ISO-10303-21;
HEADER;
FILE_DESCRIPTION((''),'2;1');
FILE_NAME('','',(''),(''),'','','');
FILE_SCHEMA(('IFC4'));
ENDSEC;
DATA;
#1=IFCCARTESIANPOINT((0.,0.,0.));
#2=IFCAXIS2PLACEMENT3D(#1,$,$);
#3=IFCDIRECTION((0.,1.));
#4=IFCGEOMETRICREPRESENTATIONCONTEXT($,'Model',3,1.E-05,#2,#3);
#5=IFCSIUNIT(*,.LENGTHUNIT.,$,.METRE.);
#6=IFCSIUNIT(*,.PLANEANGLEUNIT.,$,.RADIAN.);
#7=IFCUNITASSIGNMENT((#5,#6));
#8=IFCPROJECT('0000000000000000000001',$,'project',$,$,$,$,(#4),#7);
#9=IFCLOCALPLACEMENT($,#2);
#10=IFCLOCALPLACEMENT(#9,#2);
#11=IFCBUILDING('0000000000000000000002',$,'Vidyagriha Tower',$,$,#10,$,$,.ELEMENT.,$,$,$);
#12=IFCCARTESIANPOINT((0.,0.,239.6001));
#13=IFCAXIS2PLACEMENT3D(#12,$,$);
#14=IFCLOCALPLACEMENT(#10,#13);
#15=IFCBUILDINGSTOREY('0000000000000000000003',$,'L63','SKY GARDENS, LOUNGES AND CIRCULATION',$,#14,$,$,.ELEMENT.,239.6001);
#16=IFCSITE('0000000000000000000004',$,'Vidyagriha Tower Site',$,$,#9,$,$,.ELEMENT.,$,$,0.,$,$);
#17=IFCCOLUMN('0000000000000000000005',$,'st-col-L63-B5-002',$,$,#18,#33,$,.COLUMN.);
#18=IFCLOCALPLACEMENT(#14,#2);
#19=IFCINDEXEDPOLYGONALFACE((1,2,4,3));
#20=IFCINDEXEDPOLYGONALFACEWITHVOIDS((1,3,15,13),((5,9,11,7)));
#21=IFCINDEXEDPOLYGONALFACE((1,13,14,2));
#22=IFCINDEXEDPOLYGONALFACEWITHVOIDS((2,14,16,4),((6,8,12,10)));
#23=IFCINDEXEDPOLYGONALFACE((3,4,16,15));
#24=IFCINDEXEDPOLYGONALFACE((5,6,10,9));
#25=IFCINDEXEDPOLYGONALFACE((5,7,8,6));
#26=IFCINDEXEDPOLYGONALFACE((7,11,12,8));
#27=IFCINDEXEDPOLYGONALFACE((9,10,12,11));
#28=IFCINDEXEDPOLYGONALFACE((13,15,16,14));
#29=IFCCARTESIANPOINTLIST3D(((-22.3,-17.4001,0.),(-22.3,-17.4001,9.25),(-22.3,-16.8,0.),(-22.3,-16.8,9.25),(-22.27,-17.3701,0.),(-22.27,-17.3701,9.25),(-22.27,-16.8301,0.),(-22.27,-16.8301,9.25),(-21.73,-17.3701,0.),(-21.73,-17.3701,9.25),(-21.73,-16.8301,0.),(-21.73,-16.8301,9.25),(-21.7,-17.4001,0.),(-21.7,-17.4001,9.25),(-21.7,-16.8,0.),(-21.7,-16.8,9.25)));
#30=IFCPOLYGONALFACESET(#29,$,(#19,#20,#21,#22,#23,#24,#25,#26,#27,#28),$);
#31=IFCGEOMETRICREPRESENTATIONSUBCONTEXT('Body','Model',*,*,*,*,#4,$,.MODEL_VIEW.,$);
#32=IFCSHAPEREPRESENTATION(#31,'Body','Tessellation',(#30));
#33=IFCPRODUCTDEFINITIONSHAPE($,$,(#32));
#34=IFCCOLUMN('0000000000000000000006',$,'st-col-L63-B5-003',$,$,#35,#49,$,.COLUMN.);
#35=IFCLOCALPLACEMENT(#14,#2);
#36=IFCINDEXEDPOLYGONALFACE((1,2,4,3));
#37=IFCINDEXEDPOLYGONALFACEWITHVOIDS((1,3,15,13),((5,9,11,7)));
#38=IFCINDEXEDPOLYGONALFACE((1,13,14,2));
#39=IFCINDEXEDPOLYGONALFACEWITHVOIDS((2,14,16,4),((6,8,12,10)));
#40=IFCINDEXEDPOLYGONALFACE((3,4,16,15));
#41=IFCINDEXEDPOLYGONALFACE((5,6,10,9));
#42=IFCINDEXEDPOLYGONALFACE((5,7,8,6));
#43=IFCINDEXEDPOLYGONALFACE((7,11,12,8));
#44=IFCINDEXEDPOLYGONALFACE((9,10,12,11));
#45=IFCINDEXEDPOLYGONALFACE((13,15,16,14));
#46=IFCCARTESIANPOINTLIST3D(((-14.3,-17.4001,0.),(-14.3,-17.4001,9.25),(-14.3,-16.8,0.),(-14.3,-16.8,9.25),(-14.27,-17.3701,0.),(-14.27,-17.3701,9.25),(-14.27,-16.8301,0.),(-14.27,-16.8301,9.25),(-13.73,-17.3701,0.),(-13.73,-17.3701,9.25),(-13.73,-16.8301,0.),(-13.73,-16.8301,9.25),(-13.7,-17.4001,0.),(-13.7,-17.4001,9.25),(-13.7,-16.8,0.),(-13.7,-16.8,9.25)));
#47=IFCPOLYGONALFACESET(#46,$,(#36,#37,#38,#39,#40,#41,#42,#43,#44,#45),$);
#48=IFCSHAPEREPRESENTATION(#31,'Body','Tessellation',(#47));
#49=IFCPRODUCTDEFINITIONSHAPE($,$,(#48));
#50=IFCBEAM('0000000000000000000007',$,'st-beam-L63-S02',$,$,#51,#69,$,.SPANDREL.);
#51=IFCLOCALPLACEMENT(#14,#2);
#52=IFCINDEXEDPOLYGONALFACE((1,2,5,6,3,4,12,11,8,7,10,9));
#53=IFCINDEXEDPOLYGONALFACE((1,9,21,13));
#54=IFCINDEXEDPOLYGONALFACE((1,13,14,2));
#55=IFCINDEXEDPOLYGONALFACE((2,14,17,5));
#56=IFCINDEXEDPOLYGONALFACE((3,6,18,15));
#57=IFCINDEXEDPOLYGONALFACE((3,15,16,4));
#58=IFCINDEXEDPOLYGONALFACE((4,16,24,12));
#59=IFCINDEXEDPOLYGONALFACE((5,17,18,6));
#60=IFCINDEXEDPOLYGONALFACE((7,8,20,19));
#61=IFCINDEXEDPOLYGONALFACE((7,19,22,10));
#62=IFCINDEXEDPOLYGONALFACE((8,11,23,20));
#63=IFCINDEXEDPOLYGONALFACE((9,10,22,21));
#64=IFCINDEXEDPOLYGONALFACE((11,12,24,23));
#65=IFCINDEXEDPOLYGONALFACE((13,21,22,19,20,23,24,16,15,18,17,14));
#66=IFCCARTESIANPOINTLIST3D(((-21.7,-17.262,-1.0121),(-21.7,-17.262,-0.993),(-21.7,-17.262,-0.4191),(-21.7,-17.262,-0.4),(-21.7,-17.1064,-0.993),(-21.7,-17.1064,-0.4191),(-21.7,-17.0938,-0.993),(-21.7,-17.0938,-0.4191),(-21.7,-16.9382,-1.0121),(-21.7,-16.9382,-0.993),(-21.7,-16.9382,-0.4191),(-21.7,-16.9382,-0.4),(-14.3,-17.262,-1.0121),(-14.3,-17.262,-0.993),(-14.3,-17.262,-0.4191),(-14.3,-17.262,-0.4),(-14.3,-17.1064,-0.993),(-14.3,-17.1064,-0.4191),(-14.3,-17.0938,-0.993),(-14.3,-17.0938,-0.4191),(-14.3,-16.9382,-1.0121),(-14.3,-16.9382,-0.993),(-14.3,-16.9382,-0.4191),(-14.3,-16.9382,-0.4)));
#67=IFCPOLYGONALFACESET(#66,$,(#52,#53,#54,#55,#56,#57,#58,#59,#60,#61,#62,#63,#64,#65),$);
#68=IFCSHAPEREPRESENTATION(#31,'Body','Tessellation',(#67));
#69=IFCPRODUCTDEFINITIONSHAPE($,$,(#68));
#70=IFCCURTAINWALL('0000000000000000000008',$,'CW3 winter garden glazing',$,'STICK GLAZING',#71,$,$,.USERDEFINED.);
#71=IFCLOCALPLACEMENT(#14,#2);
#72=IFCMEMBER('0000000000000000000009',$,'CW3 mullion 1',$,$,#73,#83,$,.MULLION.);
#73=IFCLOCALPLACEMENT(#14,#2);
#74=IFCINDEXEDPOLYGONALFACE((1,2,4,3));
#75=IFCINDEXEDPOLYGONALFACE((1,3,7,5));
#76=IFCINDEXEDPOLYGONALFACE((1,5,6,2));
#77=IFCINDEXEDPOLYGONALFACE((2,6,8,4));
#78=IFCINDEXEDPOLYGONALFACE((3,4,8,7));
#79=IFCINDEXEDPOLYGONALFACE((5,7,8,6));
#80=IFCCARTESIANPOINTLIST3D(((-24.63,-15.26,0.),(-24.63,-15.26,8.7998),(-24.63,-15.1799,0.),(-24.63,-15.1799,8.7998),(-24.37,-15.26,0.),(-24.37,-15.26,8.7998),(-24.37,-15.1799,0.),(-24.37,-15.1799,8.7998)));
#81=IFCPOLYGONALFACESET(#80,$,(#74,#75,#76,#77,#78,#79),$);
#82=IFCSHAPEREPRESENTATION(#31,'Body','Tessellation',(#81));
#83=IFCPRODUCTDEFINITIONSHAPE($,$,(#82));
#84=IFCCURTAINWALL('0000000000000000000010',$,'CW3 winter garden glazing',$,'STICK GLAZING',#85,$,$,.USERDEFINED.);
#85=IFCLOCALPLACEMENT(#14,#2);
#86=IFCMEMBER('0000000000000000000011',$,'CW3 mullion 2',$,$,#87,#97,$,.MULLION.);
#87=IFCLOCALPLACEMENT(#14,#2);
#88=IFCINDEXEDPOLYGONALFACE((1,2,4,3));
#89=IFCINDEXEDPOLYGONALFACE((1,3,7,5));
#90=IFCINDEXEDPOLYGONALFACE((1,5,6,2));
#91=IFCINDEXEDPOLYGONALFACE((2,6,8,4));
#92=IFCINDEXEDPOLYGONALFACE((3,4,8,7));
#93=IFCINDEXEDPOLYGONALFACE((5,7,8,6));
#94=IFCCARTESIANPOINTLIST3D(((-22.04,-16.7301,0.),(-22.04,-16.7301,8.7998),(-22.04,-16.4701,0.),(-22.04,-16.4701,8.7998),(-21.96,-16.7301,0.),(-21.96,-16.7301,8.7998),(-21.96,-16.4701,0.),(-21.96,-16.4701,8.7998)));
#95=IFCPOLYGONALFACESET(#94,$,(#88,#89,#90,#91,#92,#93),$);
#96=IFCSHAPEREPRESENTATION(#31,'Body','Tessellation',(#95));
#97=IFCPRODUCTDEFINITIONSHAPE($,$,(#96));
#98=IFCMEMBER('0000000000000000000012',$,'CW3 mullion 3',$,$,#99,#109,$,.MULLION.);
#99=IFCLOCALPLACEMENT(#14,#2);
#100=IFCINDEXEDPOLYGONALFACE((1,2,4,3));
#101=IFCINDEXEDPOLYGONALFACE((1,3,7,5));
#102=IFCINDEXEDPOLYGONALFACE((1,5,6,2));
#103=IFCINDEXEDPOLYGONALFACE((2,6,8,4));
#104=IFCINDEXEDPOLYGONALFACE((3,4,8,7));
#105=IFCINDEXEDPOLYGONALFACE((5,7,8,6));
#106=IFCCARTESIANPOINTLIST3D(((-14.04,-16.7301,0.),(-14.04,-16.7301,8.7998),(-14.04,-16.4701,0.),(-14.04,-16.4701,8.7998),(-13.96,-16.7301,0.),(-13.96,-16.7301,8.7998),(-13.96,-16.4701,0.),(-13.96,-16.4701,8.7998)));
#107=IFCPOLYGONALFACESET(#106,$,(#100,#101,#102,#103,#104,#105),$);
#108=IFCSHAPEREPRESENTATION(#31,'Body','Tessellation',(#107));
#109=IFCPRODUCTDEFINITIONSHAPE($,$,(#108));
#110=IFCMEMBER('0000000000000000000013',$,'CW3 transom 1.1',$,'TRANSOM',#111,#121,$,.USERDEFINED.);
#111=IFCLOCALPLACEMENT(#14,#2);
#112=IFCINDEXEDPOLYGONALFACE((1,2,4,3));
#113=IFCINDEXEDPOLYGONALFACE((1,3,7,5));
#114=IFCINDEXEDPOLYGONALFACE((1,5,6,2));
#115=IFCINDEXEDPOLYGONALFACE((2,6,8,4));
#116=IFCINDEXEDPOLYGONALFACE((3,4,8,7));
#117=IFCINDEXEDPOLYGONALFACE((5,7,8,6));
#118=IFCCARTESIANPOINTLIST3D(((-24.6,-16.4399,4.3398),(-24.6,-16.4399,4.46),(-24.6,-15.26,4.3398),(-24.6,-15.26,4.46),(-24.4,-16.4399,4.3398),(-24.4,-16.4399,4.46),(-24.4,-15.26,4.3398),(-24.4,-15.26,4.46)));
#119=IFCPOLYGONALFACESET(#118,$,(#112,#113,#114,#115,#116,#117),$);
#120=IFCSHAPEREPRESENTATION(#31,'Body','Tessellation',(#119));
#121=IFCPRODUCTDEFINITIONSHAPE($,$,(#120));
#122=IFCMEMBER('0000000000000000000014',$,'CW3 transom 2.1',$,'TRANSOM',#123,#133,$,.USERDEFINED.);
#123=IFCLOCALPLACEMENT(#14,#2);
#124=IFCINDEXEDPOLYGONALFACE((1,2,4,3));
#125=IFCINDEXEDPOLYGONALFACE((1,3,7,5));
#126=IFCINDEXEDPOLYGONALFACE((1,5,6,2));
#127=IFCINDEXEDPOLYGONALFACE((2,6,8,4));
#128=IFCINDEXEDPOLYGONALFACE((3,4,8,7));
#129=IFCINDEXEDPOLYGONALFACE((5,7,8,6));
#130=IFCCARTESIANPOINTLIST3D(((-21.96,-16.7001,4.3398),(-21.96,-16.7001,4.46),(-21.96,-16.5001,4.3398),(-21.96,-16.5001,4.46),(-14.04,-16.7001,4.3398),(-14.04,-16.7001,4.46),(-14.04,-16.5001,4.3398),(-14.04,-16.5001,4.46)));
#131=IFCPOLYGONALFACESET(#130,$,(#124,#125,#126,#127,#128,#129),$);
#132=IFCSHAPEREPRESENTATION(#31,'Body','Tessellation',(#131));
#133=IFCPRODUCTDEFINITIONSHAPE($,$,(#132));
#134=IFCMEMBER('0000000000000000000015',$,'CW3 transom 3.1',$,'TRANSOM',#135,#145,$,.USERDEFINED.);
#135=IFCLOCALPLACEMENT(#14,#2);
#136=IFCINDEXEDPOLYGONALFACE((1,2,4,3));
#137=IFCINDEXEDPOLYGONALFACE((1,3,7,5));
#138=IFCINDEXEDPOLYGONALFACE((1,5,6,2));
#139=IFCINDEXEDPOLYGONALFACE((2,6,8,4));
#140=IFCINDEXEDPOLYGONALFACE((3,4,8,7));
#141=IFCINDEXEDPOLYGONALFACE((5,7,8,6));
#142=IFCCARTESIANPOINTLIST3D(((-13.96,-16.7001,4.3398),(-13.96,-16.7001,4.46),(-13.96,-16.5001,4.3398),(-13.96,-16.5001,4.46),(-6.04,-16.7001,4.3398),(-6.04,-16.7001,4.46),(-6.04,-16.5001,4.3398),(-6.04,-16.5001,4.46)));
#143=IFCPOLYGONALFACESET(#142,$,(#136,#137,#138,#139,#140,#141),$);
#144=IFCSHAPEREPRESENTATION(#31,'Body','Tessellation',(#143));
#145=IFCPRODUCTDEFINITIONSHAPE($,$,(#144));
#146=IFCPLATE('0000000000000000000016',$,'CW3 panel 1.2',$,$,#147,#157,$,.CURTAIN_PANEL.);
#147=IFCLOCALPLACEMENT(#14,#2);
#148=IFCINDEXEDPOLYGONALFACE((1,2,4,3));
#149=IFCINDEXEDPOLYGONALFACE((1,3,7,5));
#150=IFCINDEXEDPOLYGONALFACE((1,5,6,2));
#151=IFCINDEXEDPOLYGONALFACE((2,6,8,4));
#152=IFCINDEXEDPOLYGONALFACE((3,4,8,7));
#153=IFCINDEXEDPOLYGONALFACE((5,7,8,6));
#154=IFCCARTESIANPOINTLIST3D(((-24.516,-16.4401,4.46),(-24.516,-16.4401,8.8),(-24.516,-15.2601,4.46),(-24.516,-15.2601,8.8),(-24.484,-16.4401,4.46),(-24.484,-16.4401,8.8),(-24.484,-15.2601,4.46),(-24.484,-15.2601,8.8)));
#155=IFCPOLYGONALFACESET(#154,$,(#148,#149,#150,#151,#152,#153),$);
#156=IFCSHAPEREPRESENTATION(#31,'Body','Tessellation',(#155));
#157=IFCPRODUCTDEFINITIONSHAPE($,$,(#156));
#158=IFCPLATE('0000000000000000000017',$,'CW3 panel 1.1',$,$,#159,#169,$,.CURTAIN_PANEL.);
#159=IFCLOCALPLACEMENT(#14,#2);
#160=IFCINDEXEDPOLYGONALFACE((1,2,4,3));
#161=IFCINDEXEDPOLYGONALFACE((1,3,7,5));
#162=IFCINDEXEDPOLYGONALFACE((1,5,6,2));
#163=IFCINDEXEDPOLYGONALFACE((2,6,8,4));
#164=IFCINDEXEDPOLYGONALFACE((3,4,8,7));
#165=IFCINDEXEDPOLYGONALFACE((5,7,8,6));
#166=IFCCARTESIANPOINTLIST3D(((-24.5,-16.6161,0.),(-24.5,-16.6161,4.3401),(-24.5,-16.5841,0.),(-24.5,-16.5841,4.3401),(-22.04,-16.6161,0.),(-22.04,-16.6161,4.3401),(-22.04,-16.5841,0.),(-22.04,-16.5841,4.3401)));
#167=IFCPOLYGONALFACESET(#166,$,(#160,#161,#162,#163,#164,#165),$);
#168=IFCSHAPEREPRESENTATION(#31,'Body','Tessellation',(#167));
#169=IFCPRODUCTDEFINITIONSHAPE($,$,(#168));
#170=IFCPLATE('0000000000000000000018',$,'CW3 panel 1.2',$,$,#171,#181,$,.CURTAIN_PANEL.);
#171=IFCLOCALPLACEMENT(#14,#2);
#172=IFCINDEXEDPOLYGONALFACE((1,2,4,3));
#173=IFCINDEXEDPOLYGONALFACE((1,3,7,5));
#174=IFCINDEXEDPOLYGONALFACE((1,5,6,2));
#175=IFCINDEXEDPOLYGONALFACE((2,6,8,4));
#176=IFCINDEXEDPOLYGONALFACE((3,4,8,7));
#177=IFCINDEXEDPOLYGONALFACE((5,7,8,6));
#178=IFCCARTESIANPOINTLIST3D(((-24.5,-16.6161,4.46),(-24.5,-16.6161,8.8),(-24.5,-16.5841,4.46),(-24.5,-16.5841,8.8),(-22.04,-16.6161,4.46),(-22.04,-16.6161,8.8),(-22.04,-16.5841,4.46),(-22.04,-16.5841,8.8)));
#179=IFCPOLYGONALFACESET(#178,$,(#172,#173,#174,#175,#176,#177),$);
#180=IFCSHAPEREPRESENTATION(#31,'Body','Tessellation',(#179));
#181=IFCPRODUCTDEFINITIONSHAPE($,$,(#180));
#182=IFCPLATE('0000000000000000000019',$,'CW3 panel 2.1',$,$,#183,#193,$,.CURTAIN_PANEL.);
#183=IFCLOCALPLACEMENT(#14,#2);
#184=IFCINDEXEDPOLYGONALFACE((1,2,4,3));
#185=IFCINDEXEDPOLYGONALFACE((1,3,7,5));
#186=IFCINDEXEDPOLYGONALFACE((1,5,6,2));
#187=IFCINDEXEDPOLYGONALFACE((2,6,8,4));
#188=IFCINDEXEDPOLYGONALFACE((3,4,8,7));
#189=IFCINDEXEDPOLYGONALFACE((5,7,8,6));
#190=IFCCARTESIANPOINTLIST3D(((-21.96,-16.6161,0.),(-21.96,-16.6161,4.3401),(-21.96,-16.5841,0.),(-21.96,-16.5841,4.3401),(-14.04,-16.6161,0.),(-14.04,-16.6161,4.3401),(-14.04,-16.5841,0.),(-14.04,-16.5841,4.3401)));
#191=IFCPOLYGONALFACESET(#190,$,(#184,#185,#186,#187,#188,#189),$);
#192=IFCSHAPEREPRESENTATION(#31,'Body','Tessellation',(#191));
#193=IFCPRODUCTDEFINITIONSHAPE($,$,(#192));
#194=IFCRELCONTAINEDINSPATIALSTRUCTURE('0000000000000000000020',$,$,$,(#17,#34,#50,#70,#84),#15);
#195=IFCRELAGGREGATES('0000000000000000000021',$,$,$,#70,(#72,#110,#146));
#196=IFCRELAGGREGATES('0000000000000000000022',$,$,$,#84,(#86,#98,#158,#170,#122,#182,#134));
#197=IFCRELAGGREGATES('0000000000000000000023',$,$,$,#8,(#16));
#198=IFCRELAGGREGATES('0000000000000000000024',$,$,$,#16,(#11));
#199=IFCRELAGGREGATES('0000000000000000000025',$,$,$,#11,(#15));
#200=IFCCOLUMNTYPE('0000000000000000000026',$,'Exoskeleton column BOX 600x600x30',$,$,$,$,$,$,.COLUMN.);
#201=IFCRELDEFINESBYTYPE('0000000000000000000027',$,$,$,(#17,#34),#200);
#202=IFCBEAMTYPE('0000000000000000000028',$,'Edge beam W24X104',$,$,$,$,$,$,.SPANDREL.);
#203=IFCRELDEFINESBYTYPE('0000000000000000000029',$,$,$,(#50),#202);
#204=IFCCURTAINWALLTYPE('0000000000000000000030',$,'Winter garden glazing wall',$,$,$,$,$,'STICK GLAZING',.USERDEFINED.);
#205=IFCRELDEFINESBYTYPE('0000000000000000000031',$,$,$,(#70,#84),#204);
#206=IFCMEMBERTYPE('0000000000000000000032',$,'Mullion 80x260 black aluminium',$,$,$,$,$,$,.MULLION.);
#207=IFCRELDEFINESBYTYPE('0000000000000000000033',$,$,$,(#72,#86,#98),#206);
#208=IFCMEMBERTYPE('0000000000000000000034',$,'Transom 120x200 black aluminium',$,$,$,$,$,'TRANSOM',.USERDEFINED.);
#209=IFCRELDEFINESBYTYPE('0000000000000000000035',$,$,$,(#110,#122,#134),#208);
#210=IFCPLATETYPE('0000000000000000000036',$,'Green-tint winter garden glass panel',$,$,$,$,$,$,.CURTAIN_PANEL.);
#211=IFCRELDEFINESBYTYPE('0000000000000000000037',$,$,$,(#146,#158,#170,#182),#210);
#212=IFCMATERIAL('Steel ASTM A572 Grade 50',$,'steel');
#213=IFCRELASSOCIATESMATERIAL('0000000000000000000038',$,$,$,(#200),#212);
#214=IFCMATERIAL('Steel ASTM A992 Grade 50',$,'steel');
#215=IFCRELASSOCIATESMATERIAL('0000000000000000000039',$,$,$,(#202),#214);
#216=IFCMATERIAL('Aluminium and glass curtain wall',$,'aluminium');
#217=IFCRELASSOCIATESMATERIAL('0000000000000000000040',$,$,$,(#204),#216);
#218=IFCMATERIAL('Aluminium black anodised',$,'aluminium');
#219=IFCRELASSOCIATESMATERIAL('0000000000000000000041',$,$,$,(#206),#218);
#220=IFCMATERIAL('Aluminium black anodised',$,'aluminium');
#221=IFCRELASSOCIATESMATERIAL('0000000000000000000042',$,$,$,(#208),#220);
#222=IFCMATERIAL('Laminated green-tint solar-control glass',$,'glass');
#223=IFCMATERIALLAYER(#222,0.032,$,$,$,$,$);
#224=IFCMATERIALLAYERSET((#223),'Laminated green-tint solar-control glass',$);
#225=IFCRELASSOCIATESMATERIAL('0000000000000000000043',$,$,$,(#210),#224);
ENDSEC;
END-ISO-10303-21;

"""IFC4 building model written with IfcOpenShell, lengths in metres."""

from ifc_helpers import new_model, si_unit, direction, frame, origin, origin_2d, place, context, subcontext, project, spatial, rectangle, hollow_rectangle, i_section, extrude, material, layer, layer_set, material_profile, profile_set, type_object, element, aggregate, save


model = new_model("IFC4")

# Units and contexts
model_context = context("Model", 3, precision=1e-05, world=origin(), true_north=direction((0.0, 1.0)))
body_context = subcontext(model_context, "Body", "Model", "MODEL_VIEW")
ifc_project = project(units=[si_unit("LENGTHUNIT", "METRE"), si_unit("PLANEANGLEUNIT", "RADIAN")], contexts=[model_context])

# Site, building, storey
site_placement = place(None, origin())
site = spatial("IfcSite", under=ifc_project, at=site_placement, Name="Vidyagriha Tower Site", CompositionType="ELEMENT", RefElevation=0.0)
building_placement = place(site_placement, origin())
building = spatial("IfcBuilding", under=site, at=building_placement, Name="Vidyagriha Tower", CompositionType="ELEMENT")
storey_placement = place(building_placement, frame((0.0, 0.0, 239.6001)))
storey = spatial("IfcBuildingStorey", under=building, at=storey_placement, Name="L63", Description="SKY GARDENS, LOUNGES AND CIRCULATION", CompositionType="ELEMENT", Elevation=239.6001)

# Columns
ifc_material_1 = material(Name="Steel ASTM A572 Grade 50", Category="steel")
ifc_material_profile_1 = material_profile(ifc_material_1, hollow_rectangle(XDim=0.6001, YDim=0.6001, WallThickness=0.03, at=origin_2d()), Name="BOX 600x600x30")
ifc_profile_set_1 = profile_set([ifc_material_profile_1], Name="Steel ASTM A572 Grade 50")
column_type = type_object("IfcColumnType", Name="Exoskeleton column BOX 600x600x30", PredefinedType="COLUMN", material=ifc_profile_set_1)
for number, where, name in (
    (1, (-22.0, -17.1001, 0.0), "st-col-L63-B5-002"),
    (2, (-14.0, -17.1001, 0.0), "st-col-L63-B5-003"),
):
    element("IfcColumn", number, at=place(storey_placement, frame(where)), inside=storey, type_object=column_type, Name=name, PredefinedType="COLUMN", context=body_context, shape_type="SweptSolid", body=[
        extrude(hollow_rectangle(XDim=0.6001, YDim=0.6001, WallThickness=0.03, at=origin_2d()), origin(), (0.0, 0.0, 1.0), 9.25),
    ])

# Beam
ifc_material_2 = material(Name="Steel ASTM A992 Grade 50", Category="steel")
ifc_material_profile_2 = material_profile(ifc_material_2, i_section(OverallWidth=0.3237, OverallDepth=0.6121, WebThickness=0.0127, FlangeThickness=0.019, at=origin_2d()), Name="W24X104")
ifc_profile_set_2 = profile_set([ifc_material_profile_2], Name="Steel ASTM A992 Grade 50")
beam_type = type_object("IfcBeamType", Name="Edge beam W24X104", PredefinedType="SPANDREL", material=ifc_profile_set_2)
beam_placement = place(storey_placement, frame((-21.7, -17.1001, -0.7061), z_axis=(1.0, 0.0, 0.0), x_axis=(0.0, 1.0, 0.0)))
element("IfcBeam", 3, at=beam_placement, inside=storey, type_object=beam_type, Name="st-beam-L63-S02", PredefinedType="SPANDREL", context=body_context, shape_type="SweptSolid", body=[
    extrude(i_section(OverallWidth=0.3237, OverallDepth=0.6121, WebThickness=0.0127, FlangeThickness=0.019, at=origin_2d()), origin(), (0.0, 0.0, 1.0), 7.3999),
])

# Curtain wall, member
ifc_material_3 = material(Name="Aluminium and glass curtain wall", Category="aluminium")
curtain_wall_type = type_object("IfcCurtainWallType", Name="Winter garden glazing wall", ElementType="STICK GLAZING", PredefinedType="USERDEFINED", material=ifc_material_3)
curtain_wall_1_placement = place(storey_placement, origin())
curtain_wall_1 = element("IfcCurtainWall", 4, at=curtain_wall_1_placement, inside=storey, type_object=curtain_wall_type, Name="CW3 winter garden glazing", ObjectType="STICK GLAZING", PredefinedType="USERDEFINED")
ifc_material_4 = material(Name="Aluminium black anodised", Category="aluminium")
ifc_material_profile_3 = material_profile(ifc_material_4, rectangle(XDim=0.26, YDim=0.0801, at=origin_2d()), Name="Mullion 80x260 black aluminium")
ifc_profile_set_3 = profile_set([ifc_material_profile_3], Name="Aluminium black anodised")
member_type_1 = type_object("IfcMemberType", Name="Mullion 80x260 black aluminium", PredefinedType="MULLION", material=ifc_profile_set_3)
member_1_placement = place(storey_placement, frame((-24.5, -15.22, 0.0)))
member_1 = element("IfcMember", 5, at=member_1_placement, type_object=member_type_1, Name="CW3 mullion 1", PredefinedType="MULLION", context=body_context, shape_type="SweptSolid", body=[
    extrude(rectangle(XDim=0.26, YDim=0.0801, at=origin_2d()), origin(), (0.0, 0.0, 1.0), 8.7998),
])

# Curtain wall, members
curtain_wall_2_placement = place(storey_placement, origin())
curtain_wall_2 = element("IfcCurtainWall", 6, at=curtain_wall_2_placement, inside=storey, type_object=curtain_wall_type, Name="CW3 winter garden glazing", ObjectType="STICK GLAZING", PredefinedType="USERDEFINED")
member_2_placement = place(storey_placement, frame((-22.0, -16.6001, 0.0), z_axis=(0.0, 0.0, 1.0), x_axis=(0.0, 1.0, 0.0)))
member_2 = element("IfcMember", 7, at=member_2_placement, type_object=member_type_1, Name="CW3 mullion 2", PredefinedType="MULLION", context=body_context, shape_type="SweptSolid", body=[
    extrude(rectangle(XDim=0.26, YDim=0.0801, at=origin_2d()), origin(), (0.0, 0.0, 1.0), 8.7998),
])
member_3_placement = place(storey_placement, frame((-14.0, -16.6001, 0.0), z_axis=(0.0, 0.0, 1.0), x_axis=(0.0, 1.0, 0.0)))
member_3 = element("IfcMember", 8, at=member_3_placement, type_object=member_type_1, Name="CW3 mullion 3", PredefinedType="MULLION", context=body_context, shape_type="SweptSolid", body=[
    extrude(rectangle(XDim=0.26, YDim=0.0801, at=origin_2d()), origin(), (0.0, 0.0, 1.0), 8.7998),
])

# Members
ifc_material_5 = material(Name="Aluminium black anodised", Category="aluminium")
ifc_material_profile_4 = material_profile(ifc_material_5, rectangle(XDim=0.2, YDim=0.1201, at=origin_2d()), Name="Transom 120x200 black aluminium")
ifc_profile_set_4 = profile_set([ifc_material_profile_4], Name="Aluminium black anodised")
member_type_2 = type_object("IfcMemberType", Name="Transom 120x200 black aluminium", ElementType="TRANSOM", PredefinedType="USERDEFINED", material=ifc_profile_set_4)
member_4_placement = place(storey_placement, frame((-24.5, -15.26, 4.3999), z_axis=(0.0, -1.0, 0.0), x_axis=(1.0, 0.0, 0.0)))
member_4 = element("IfcMember", 9, at=member_4_placement, type_object=member_type_2, Name="CW3 transom 1.1", ObjectType="TRANSOM", PredefinedType="USERDEFINED", context=body_context, shape_type="SweptSolid", body=[
    extrude(rectangle(XDim=0.2, YDim=0.1201, at=origin_2d()), origin(), (0.0, 0.0, 1.0), 1.1799),
])
member_5_placement = place(storey_placement, frame((-21.96, -16.6001, 4.3999), z_axis=(1.0, 0.0, 0.0), x_axis=(0.0, 1.0, 0.0)))
member_5 = element("IfcMember", 10, at=member_5_placement, type_object=member_type_2, Name="CW3 transom 2.1", ObjectType="TRANSOM", PredefinedType="USERDEFINED", context=body_context, shape_type="SweptSolid", body=[
    extrude(rectangle(XDim=0.2, YDim=0.1201, at=origin_2d()), origin(), (0.0, 0.0, 1.0), 7.9199),
])
member_6_placement = place(storey_placement, frame((-13.96, -16.6001, 4.3999), z_axis=(1.0, 0.0, 0.0), x_axis=(0.0, 1.0, 0.0)))
member_6 = element("IfcMember", 11, at=member_6_placement, type_object=member_type_2, Name="CW3 transom 3.1", ObjectType="TRANSOM", PredefinedType="USERDEFINED", context=body_context, shape_type="SweptSolid", body=[
    extrude(rectangle(XDim=0.2, YDim=0.1201, at=origin_2d()), origin(), (0.0, 0.0, 1.0), 7.9199),
])

# Plates
ifc_material_6 = material(Name="Laminated green-tint solar-control glass", Category="glass")
ifc_layer_1 = layer(ifc_material_6, 0.032)
ifc_layer_set_1 = layer_set([ifc_layer_1], Name="Laminated green-tint solar-control glass")
plate_type = type_object("IfcPlateType", Name="Green-tint winter garden glass panel", PredefinedType="CURTAIN_PANEL", material=ifc_layer_set_1)
plate_1_placement = place(storey_placement, frame((-24.5, -15.8501, 4.46), z_axis=(0.0, 0.0, 1.0), x_axis=(0.0, -1.0, 0.0)))
plate_1 = element("IfcPlate", 12, at=plate_1_placement, type_object=plate_type, Name="CW3 panel 1.2", PredefinedType="CURTAIN_PANEL", context=body_context, shape_type="SweptSolid", body=[
    extrude(rectangle(XDim=1.1799, YDim=0.032, at=origin_2d()), origin(), (0.0, 0.0, 1.0), 4.3401),
])
aggregate(curtain_wall_1, [member_1, member_4, plate_1])
plate_2_placement = place(storey_placement, frame((-23.27, -16.6001, 0.0)))
plate_2 = element("IfcPlate", 13, at=plate_2_placement, type_object=plate_type, Name="CW3 panel 1.1", PredefinedType="CURTAIN_PANEL", context=body_context, shape_type="SweptSolid", body=[
    extrude(rectangle(XDim=2.46, YDim=0.032, at=origin_2d()), origin(), (0.0, 0.0, 1.0), 4.3401),
])
plate_3_placement = place(storey_placement, frame((-23.27, -16.6001, 4.46)))
plate_3 = element("IfcPlate", 14, at=plate_3_placement, type_object=plate_type, Name="CW3 panel 1.2", PredefinedType="CURTAIN_PANEL", context=body_context, shape_type="SweptSolid", body=[
    extrude(rectangle(XDim=2.46, YDim=0.032, at=origin_2d()), origin(), (0.0, 0.0, 1.0), 4.3401),
])
plate_4_placement = place(storey_placement, frame((-18.0, -16.6001, 0.0)))
plate_4 = element("IfcPlate", 15, at=plate_4_placement, type_object=plate_type, Name="CW3 panel 2.1", PredefinedType="CURTAIN_PANEL", context=body_context, shape_type="SweptSolid", body=[
    extrude(rectangle(XDim=7.9199, YDim=0.032, at=origin_2d()), origin(), (0.0, 0.0, 1.0), 4.3401),
])
aggregate(curtain_wall_2, [member_2, member_3, plate_2, plate_3, member_5, plate_4, member_6])

save(model, "model.ifc")
